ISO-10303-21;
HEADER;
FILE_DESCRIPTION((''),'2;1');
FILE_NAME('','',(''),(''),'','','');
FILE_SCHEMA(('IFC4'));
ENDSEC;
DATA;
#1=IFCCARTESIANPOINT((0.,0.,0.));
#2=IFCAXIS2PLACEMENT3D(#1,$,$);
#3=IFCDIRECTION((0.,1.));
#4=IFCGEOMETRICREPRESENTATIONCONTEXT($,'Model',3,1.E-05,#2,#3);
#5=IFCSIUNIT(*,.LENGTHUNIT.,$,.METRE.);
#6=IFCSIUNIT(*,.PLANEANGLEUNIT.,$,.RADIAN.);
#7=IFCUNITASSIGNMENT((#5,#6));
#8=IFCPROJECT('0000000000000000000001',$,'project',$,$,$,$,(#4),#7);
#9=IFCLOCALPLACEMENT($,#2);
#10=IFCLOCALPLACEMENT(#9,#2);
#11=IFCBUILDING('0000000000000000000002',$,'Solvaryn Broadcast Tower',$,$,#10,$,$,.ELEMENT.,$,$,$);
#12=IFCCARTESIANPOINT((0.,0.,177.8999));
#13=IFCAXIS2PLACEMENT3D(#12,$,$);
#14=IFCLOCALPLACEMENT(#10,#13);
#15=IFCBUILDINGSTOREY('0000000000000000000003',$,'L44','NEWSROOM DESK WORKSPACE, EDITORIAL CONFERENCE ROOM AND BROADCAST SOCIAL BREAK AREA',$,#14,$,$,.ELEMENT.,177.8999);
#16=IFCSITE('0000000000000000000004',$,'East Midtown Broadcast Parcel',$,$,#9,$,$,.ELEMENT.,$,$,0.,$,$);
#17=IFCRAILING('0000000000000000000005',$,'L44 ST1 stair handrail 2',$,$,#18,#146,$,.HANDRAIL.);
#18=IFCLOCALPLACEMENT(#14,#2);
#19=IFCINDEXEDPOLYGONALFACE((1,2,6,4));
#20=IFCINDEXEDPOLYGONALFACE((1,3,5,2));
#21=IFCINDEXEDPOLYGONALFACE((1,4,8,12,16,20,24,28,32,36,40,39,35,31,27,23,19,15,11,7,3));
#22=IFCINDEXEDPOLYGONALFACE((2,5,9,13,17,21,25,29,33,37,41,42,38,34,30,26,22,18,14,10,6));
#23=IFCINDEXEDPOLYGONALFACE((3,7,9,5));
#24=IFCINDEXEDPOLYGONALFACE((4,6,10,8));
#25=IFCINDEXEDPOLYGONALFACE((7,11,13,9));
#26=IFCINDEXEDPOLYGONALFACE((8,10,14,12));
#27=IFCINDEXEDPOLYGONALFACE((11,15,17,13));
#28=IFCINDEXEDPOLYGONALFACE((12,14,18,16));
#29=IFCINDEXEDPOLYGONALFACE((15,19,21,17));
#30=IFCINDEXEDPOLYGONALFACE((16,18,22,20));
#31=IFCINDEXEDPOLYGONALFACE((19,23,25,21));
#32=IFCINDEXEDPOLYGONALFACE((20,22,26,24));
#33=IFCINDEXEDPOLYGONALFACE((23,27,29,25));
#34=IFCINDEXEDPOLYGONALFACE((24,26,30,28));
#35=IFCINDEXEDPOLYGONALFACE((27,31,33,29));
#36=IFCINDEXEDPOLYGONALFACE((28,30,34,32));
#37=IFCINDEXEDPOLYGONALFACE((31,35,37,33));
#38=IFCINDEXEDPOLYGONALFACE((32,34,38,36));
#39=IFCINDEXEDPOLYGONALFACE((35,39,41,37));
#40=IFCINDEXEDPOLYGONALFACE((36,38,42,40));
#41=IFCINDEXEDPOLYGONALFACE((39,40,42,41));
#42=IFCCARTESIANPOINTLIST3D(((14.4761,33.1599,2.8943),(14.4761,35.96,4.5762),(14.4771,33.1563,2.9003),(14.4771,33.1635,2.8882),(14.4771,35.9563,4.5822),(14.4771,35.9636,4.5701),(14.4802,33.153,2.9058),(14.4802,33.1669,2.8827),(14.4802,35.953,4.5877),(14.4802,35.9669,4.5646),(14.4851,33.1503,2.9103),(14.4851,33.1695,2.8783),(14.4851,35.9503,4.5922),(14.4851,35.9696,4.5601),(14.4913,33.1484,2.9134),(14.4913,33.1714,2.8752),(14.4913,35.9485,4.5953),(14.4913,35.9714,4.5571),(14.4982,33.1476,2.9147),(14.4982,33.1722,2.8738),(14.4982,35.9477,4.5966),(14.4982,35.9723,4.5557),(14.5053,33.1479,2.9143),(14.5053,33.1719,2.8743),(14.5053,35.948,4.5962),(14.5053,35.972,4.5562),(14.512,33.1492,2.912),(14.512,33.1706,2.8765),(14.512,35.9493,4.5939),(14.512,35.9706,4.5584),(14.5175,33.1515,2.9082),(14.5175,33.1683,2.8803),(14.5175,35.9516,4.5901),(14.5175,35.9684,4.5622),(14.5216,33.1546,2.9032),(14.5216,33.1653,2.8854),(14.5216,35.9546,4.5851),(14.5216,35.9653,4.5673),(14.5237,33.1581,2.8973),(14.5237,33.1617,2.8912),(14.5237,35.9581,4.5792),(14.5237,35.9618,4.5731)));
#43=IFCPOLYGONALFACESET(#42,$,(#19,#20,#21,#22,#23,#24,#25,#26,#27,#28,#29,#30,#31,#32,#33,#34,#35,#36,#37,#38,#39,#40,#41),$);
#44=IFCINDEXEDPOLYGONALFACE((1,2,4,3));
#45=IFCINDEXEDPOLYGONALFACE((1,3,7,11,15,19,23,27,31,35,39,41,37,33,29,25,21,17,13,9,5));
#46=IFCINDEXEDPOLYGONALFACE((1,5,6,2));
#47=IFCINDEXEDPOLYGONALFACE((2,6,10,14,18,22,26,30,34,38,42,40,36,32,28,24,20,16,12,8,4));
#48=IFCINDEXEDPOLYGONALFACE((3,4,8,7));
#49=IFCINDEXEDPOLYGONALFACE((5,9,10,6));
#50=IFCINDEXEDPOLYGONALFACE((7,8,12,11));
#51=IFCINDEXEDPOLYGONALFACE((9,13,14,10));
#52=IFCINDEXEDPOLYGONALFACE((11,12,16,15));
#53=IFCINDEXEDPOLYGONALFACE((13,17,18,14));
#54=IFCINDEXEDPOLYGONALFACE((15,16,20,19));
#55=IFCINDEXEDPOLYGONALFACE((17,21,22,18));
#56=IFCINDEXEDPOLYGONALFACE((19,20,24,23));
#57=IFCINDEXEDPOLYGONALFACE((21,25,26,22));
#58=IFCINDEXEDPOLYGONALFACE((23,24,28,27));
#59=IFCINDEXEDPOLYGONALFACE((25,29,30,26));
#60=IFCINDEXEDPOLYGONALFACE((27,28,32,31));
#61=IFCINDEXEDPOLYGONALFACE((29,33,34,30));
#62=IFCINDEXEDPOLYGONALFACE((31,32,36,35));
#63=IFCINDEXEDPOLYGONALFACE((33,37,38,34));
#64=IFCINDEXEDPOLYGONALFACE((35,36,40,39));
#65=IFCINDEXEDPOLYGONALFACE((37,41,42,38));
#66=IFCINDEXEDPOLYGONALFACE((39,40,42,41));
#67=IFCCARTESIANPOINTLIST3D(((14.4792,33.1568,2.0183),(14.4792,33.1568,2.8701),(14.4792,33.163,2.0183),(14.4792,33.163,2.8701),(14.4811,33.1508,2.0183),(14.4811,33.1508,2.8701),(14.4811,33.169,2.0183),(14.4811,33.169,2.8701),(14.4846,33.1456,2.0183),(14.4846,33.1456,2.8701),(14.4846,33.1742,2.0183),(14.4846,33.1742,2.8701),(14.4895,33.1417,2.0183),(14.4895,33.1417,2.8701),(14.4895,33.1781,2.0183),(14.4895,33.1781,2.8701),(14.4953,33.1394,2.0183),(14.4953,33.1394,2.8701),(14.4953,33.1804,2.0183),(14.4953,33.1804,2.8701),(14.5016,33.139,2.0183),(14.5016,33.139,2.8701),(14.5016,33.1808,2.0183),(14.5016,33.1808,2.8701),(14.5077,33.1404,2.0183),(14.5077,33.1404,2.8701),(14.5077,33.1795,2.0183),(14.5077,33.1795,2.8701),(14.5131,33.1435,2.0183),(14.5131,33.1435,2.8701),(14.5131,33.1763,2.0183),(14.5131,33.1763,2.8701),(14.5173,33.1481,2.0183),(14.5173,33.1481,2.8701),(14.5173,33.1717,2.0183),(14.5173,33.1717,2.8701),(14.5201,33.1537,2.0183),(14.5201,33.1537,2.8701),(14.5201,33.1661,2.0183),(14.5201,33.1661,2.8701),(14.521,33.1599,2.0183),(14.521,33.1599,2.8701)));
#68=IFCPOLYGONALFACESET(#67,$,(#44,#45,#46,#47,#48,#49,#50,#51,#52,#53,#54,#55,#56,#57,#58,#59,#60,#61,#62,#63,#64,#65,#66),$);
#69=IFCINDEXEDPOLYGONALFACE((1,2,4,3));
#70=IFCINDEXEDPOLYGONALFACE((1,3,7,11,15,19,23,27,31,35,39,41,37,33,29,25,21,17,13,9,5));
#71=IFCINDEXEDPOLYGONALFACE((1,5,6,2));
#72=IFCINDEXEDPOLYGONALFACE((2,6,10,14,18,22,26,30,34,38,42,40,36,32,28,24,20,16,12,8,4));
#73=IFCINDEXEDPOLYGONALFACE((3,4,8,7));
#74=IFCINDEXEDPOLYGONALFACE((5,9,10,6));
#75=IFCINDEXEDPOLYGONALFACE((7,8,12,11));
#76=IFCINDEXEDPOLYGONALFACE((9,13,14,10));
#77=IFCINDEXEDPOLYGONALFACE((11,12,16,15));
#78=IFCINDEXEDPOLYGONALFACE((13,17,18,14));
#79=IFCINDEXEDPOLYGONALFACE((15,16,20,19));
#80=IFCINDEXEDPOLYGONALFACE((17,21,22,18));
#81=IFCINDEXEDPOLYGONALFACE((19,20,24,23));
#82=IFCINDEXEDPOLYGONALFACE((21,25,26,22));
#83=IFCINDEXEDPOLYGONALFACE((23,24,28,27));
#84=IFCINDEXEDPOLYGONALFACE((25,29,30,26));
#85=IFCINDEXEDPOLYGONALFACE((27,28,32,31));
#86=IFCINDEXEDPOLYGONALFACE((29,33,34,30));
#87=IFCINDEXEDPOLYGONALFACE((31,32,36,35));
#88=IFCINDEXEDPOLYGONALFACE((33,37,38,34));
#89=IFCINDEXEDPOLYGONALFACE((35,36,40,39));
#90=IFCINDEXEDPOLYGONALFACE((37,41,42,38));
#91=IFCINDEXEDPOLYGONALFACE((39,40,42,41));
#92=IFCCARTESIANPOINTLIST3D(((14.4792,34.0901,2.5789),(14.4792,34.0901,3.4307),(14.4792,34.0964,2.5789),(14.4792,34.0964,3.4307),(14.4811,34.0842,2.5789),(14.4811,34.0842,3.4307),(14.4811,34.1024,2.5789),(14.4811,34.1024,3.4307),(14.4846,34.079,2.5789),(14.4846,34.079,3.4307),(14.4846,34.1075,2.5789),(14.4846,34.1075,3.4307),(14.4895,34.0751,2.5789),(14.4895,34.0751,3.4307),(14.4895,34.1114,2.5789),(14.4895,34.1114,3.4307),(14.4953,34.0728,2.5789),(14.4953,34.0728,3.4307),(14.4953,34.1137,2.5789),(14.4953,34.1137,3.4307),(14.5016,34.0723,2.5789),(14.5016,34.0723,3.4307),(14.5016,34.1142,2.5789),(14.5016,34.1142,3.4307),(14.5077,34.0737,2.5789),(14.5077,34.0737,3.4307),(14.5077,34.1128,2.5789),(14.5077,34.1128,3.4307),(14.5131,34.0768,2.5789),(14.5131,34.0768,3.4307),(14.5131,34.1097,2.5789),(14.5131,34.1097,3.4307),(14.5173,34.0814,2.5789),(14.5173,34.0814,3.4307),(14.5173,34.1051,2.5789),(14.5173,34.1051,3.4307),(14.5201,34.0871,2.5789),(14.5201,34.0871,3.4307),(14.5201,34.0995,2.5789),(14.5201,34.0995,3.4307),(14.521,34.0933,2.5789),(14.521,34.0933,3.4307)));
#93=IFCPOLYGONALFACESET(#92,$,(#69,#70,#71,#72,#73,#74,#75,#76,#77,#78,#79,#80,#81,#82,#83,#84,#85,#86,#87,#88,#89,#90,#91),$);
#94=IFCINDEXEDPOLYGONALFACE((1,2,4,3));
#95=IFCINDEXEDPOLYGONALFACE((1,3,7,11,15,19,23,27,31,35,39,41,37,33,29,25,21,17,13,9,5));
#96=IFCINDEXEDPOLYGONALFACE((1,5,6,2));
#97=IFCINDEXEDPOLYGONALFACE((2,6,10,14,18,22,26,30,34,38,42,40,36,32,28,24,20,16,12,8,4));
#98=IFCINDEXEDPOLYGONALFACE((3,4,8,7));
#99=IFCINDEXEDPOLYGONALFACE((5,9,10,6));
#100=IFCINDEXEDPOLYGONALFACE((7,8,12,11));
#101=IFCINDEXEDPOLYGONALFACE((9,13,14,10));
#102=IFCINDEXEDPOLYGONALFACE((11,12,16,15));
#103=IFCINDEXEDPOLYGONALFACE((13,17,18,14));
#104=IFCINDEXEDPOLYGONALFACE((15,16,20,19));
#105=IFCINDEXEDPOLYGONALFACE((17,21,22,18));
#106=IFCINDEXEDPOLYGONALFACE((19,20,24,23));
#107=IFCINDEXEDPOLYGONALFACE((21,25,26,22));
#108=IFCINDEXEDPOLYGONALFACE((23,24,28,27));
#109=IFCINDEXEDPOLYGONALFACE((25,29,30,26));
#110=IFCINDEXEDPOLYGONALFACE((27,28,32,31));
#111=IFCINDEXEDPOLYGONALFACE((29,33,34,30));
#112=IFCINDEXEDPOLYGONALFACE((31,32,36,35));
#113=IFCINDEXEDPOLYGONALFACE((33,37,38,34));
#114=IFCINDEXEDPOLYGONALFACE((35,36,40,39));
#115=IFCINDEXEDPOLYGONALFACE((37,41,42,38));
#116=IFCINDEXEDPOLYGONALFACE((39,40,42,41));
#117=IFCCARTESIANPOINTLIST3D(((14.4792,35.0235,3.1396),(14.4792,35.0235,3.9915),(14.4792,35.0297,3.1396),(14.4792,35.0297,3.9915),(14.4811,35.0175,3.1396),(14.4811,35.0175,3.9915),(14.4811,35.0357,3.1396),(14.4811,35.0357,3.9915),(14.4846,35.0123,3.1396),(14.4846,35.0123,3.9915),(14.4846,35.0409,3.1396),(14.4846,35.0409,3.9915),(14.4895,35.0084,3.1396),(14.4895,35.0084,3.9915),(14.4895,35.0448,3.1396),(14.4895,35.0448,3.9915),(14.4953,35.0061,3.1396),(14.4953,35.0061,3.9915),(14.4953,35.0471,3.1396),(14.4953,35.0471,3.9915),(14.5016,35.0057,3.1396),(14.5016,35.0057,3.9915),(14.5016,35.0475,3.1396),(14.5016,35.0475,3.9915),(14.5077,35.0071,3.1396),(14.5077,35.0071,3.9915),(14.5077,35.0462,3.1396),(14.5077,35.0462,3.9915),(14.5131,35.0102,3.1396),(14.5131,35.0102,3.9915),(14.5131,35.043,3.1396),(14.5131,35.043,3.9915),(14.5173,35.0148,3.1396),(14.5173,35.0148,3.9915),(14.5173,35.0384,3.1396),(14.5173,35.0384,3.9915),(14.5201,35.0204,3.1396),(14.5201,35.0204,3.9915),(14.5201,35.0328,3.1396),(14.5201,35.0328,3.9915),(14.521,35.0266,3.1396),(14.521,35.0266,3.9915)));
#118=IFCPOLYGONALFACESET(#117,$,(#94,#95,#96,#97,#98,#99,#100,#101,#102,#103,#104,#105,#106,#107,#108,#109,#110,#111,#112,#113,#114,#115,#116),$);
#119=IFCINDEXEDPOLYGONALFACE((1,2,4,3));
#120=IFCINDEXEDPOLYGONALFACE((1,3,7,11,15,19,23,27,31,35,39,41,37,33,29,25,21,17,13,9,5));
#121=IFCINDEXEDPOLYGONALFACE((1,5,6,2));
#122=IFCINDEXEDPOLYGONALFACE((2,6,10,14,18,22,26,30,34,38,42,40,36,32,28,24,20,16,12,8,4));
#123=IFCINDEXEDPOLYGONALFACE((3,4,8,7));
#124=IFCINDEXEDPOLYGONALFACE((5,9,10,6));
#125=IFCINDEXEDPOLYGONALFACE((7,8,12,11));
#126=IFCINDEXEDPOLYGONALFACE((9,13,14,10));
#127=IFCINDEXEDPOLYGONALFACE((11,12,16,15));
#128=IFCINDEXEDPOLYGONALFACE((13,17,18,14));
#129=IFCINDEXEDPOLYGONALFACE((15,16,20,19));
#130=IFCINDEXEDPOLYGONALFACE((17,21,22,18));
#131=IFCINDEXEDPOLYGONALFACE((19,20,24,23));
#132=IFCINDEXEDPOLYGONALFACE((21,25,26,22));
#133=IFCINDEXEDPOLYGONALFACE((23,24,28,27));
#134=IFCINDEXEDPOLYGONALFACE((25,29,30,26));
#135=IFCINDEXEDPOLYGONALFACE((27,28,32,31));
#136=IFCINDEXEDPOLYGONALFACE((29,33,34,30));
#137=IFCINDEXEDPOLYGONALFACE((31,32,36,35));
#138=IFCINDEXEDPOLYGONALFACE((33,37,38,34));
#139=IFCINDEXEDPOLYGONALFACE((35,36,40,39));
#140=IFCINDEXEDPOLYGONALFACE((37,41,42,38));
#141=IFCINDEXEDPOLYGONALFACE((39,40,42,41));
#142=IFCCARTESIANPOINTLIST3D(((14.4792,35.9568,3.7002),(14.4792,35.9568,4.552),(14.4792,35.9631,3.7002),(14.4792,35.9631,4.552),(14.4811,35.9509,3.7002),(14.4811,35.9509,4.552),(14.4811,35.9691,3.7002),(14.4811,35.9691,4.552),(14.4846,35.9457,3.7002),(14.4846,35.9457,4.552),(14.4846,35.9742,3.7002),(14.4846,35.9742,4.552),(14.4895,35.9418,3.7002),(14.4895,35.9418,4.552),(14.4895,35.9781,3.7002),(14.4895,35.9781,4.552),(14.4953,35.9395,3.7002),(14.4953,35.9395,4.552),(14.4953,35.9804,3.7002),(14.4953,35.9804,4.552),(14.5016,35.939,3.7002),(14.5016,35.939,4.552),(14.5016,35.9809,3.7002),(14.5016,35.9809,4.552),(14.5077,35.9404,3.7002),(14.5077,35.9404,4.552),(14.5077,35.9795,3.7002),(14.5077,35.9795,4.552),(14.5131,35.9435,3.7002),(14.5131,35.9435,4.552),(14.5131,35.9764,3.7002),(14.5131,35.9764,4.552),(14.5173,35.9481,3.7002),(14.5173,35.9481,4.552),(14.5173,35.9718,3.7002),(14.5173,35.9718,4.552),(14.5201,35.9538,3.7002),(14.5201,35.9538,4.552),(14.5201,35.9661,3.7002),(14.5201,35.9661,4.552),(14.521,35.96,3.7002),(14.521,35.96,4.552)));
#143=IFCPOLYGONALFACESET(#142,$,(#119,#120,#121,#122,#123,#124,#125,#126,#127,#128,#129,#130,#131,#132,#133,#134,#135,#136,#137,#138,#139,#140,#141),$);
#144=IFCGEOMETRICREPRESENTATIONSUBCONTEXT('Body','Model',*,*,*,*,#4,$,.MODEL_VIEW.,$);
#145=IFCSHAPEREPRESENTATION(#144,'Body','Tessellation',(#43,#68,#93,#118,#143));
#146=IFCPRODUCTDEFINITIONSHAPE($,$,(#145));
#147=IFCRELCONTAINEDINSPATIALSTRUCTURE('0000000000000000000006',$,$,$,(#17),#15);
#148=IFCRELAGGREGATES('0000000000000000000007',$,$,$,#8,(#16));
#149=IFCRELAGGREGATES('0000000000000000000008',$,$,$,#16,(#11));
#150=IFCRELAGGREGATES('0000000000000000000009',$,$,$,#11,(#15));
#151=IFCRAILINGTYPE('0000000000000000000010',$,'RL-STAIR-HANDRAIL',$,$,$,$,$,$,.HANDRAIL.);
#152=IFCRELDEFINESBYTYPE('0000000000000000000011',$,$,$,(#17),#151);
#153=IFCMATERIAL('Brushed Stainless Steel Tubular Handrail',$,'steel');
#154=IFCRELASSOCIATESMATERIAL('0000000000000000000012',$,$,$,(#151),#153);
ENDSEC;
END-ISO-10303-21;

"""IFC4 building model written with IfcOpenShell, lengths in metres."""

from ifc_helpers import new_model, si_unit, direction, frame, origin, origin_2d, place, context, subcontext, project, spatial, circle, extrude, material, type_object, element, save


model = new_model("IFC4")

# Units and contexts
model_context = context("Model", 3, precision=1e-05, world=origin(), true_north=direction((0.0, 1.0)))
body_context = subcontext(model_context, "Body", "Model", "MODEL_VIEW")
ifc_project = project(units=[si_unit("LENGTHUNIT", "METRE"), si_unit("PLANEANGLEUNIT", "RADIAN")], contexts=[model_context])

# Site, building, storey
site_placement = place(None, origin())
site = spatial("IfcSite", under=ifc_project, at=site_placement, Name="East Midtown Broadcast Parcel", CompositionType="ELEMENT", RefElevation=0.0)
building_placement = place(site_placement, origin())
building = spatial("IfcBuilding", under=site, at=building_placement, Name="Solvaryn Broadcast Tower", CompositionType="ELEMENT")
storey_placement = place(building_placement, frame((0.0, 0.0, 177.8999)))
storey = spatial("IfcBuildingStorey", under=building, at=storey_placement, Name="L44", Description="NEWSROOM DESK WORKSPACE, EDITORIAL CONFERENCE ROOM AND BROADCAST SOCIAL BREAK AREA", CompositionType="ELEMENT", Elevation=177.8999)

# Railing
ifc_material_1 = material(Name="Brushed Stainless Steel Tubular Handrail", Category="steel")
railing_type_1 = type_object("IfcRailingType", Name="RL-STAIR-HANDRAIL", PredefinedType="HANDRAIL", material=ifc_material_1)
railing_1_placement = place(storey_placement, frame((14.5, 33.1599, 2.0183)))
element("IfcRailing", 1, at=railing_1_placement, inside=storey, type_object=railing_type_1, Name="L44 ST1 stair handrail 2", PredefinedType="HANDRAIL", context=body_context, shape_type="SweptSolid", body=[
    extrude(circle(Radius=0.0239, at=origin_2d()), frame((0.0, 0.0, 0.876), z_axis=(0.0, 0.857242, 0.514913), x_axis=(-1.0, 0.0, 0.0)), (0.0, 0.0, 1.0), 3.2664),
    extrude(circle(Radius=0.021, at=origin_2d()), origin(), (0.0, 0.0, 1.0), 0.8518),
    extrude(circle(Radius=0.021, at=origin_2d()), frame((0.0, 0.9333, 0.5605)), (0.0, 0.0, 1.0), 0.8518),
    extrude(circle(Radius=0.021, at=origin_2d()), frame((0.0, 1.8667, 1.1213)), (0.0, 0.0, 1.0), 0.8518),
    extrude(circle(Radius=0.021, at=origin_2d()), frame((0.0, 2.8, 1.6819)), (0.0, 0.0, 1.0), 0.8518),
])

save(model, "model.ifc")
